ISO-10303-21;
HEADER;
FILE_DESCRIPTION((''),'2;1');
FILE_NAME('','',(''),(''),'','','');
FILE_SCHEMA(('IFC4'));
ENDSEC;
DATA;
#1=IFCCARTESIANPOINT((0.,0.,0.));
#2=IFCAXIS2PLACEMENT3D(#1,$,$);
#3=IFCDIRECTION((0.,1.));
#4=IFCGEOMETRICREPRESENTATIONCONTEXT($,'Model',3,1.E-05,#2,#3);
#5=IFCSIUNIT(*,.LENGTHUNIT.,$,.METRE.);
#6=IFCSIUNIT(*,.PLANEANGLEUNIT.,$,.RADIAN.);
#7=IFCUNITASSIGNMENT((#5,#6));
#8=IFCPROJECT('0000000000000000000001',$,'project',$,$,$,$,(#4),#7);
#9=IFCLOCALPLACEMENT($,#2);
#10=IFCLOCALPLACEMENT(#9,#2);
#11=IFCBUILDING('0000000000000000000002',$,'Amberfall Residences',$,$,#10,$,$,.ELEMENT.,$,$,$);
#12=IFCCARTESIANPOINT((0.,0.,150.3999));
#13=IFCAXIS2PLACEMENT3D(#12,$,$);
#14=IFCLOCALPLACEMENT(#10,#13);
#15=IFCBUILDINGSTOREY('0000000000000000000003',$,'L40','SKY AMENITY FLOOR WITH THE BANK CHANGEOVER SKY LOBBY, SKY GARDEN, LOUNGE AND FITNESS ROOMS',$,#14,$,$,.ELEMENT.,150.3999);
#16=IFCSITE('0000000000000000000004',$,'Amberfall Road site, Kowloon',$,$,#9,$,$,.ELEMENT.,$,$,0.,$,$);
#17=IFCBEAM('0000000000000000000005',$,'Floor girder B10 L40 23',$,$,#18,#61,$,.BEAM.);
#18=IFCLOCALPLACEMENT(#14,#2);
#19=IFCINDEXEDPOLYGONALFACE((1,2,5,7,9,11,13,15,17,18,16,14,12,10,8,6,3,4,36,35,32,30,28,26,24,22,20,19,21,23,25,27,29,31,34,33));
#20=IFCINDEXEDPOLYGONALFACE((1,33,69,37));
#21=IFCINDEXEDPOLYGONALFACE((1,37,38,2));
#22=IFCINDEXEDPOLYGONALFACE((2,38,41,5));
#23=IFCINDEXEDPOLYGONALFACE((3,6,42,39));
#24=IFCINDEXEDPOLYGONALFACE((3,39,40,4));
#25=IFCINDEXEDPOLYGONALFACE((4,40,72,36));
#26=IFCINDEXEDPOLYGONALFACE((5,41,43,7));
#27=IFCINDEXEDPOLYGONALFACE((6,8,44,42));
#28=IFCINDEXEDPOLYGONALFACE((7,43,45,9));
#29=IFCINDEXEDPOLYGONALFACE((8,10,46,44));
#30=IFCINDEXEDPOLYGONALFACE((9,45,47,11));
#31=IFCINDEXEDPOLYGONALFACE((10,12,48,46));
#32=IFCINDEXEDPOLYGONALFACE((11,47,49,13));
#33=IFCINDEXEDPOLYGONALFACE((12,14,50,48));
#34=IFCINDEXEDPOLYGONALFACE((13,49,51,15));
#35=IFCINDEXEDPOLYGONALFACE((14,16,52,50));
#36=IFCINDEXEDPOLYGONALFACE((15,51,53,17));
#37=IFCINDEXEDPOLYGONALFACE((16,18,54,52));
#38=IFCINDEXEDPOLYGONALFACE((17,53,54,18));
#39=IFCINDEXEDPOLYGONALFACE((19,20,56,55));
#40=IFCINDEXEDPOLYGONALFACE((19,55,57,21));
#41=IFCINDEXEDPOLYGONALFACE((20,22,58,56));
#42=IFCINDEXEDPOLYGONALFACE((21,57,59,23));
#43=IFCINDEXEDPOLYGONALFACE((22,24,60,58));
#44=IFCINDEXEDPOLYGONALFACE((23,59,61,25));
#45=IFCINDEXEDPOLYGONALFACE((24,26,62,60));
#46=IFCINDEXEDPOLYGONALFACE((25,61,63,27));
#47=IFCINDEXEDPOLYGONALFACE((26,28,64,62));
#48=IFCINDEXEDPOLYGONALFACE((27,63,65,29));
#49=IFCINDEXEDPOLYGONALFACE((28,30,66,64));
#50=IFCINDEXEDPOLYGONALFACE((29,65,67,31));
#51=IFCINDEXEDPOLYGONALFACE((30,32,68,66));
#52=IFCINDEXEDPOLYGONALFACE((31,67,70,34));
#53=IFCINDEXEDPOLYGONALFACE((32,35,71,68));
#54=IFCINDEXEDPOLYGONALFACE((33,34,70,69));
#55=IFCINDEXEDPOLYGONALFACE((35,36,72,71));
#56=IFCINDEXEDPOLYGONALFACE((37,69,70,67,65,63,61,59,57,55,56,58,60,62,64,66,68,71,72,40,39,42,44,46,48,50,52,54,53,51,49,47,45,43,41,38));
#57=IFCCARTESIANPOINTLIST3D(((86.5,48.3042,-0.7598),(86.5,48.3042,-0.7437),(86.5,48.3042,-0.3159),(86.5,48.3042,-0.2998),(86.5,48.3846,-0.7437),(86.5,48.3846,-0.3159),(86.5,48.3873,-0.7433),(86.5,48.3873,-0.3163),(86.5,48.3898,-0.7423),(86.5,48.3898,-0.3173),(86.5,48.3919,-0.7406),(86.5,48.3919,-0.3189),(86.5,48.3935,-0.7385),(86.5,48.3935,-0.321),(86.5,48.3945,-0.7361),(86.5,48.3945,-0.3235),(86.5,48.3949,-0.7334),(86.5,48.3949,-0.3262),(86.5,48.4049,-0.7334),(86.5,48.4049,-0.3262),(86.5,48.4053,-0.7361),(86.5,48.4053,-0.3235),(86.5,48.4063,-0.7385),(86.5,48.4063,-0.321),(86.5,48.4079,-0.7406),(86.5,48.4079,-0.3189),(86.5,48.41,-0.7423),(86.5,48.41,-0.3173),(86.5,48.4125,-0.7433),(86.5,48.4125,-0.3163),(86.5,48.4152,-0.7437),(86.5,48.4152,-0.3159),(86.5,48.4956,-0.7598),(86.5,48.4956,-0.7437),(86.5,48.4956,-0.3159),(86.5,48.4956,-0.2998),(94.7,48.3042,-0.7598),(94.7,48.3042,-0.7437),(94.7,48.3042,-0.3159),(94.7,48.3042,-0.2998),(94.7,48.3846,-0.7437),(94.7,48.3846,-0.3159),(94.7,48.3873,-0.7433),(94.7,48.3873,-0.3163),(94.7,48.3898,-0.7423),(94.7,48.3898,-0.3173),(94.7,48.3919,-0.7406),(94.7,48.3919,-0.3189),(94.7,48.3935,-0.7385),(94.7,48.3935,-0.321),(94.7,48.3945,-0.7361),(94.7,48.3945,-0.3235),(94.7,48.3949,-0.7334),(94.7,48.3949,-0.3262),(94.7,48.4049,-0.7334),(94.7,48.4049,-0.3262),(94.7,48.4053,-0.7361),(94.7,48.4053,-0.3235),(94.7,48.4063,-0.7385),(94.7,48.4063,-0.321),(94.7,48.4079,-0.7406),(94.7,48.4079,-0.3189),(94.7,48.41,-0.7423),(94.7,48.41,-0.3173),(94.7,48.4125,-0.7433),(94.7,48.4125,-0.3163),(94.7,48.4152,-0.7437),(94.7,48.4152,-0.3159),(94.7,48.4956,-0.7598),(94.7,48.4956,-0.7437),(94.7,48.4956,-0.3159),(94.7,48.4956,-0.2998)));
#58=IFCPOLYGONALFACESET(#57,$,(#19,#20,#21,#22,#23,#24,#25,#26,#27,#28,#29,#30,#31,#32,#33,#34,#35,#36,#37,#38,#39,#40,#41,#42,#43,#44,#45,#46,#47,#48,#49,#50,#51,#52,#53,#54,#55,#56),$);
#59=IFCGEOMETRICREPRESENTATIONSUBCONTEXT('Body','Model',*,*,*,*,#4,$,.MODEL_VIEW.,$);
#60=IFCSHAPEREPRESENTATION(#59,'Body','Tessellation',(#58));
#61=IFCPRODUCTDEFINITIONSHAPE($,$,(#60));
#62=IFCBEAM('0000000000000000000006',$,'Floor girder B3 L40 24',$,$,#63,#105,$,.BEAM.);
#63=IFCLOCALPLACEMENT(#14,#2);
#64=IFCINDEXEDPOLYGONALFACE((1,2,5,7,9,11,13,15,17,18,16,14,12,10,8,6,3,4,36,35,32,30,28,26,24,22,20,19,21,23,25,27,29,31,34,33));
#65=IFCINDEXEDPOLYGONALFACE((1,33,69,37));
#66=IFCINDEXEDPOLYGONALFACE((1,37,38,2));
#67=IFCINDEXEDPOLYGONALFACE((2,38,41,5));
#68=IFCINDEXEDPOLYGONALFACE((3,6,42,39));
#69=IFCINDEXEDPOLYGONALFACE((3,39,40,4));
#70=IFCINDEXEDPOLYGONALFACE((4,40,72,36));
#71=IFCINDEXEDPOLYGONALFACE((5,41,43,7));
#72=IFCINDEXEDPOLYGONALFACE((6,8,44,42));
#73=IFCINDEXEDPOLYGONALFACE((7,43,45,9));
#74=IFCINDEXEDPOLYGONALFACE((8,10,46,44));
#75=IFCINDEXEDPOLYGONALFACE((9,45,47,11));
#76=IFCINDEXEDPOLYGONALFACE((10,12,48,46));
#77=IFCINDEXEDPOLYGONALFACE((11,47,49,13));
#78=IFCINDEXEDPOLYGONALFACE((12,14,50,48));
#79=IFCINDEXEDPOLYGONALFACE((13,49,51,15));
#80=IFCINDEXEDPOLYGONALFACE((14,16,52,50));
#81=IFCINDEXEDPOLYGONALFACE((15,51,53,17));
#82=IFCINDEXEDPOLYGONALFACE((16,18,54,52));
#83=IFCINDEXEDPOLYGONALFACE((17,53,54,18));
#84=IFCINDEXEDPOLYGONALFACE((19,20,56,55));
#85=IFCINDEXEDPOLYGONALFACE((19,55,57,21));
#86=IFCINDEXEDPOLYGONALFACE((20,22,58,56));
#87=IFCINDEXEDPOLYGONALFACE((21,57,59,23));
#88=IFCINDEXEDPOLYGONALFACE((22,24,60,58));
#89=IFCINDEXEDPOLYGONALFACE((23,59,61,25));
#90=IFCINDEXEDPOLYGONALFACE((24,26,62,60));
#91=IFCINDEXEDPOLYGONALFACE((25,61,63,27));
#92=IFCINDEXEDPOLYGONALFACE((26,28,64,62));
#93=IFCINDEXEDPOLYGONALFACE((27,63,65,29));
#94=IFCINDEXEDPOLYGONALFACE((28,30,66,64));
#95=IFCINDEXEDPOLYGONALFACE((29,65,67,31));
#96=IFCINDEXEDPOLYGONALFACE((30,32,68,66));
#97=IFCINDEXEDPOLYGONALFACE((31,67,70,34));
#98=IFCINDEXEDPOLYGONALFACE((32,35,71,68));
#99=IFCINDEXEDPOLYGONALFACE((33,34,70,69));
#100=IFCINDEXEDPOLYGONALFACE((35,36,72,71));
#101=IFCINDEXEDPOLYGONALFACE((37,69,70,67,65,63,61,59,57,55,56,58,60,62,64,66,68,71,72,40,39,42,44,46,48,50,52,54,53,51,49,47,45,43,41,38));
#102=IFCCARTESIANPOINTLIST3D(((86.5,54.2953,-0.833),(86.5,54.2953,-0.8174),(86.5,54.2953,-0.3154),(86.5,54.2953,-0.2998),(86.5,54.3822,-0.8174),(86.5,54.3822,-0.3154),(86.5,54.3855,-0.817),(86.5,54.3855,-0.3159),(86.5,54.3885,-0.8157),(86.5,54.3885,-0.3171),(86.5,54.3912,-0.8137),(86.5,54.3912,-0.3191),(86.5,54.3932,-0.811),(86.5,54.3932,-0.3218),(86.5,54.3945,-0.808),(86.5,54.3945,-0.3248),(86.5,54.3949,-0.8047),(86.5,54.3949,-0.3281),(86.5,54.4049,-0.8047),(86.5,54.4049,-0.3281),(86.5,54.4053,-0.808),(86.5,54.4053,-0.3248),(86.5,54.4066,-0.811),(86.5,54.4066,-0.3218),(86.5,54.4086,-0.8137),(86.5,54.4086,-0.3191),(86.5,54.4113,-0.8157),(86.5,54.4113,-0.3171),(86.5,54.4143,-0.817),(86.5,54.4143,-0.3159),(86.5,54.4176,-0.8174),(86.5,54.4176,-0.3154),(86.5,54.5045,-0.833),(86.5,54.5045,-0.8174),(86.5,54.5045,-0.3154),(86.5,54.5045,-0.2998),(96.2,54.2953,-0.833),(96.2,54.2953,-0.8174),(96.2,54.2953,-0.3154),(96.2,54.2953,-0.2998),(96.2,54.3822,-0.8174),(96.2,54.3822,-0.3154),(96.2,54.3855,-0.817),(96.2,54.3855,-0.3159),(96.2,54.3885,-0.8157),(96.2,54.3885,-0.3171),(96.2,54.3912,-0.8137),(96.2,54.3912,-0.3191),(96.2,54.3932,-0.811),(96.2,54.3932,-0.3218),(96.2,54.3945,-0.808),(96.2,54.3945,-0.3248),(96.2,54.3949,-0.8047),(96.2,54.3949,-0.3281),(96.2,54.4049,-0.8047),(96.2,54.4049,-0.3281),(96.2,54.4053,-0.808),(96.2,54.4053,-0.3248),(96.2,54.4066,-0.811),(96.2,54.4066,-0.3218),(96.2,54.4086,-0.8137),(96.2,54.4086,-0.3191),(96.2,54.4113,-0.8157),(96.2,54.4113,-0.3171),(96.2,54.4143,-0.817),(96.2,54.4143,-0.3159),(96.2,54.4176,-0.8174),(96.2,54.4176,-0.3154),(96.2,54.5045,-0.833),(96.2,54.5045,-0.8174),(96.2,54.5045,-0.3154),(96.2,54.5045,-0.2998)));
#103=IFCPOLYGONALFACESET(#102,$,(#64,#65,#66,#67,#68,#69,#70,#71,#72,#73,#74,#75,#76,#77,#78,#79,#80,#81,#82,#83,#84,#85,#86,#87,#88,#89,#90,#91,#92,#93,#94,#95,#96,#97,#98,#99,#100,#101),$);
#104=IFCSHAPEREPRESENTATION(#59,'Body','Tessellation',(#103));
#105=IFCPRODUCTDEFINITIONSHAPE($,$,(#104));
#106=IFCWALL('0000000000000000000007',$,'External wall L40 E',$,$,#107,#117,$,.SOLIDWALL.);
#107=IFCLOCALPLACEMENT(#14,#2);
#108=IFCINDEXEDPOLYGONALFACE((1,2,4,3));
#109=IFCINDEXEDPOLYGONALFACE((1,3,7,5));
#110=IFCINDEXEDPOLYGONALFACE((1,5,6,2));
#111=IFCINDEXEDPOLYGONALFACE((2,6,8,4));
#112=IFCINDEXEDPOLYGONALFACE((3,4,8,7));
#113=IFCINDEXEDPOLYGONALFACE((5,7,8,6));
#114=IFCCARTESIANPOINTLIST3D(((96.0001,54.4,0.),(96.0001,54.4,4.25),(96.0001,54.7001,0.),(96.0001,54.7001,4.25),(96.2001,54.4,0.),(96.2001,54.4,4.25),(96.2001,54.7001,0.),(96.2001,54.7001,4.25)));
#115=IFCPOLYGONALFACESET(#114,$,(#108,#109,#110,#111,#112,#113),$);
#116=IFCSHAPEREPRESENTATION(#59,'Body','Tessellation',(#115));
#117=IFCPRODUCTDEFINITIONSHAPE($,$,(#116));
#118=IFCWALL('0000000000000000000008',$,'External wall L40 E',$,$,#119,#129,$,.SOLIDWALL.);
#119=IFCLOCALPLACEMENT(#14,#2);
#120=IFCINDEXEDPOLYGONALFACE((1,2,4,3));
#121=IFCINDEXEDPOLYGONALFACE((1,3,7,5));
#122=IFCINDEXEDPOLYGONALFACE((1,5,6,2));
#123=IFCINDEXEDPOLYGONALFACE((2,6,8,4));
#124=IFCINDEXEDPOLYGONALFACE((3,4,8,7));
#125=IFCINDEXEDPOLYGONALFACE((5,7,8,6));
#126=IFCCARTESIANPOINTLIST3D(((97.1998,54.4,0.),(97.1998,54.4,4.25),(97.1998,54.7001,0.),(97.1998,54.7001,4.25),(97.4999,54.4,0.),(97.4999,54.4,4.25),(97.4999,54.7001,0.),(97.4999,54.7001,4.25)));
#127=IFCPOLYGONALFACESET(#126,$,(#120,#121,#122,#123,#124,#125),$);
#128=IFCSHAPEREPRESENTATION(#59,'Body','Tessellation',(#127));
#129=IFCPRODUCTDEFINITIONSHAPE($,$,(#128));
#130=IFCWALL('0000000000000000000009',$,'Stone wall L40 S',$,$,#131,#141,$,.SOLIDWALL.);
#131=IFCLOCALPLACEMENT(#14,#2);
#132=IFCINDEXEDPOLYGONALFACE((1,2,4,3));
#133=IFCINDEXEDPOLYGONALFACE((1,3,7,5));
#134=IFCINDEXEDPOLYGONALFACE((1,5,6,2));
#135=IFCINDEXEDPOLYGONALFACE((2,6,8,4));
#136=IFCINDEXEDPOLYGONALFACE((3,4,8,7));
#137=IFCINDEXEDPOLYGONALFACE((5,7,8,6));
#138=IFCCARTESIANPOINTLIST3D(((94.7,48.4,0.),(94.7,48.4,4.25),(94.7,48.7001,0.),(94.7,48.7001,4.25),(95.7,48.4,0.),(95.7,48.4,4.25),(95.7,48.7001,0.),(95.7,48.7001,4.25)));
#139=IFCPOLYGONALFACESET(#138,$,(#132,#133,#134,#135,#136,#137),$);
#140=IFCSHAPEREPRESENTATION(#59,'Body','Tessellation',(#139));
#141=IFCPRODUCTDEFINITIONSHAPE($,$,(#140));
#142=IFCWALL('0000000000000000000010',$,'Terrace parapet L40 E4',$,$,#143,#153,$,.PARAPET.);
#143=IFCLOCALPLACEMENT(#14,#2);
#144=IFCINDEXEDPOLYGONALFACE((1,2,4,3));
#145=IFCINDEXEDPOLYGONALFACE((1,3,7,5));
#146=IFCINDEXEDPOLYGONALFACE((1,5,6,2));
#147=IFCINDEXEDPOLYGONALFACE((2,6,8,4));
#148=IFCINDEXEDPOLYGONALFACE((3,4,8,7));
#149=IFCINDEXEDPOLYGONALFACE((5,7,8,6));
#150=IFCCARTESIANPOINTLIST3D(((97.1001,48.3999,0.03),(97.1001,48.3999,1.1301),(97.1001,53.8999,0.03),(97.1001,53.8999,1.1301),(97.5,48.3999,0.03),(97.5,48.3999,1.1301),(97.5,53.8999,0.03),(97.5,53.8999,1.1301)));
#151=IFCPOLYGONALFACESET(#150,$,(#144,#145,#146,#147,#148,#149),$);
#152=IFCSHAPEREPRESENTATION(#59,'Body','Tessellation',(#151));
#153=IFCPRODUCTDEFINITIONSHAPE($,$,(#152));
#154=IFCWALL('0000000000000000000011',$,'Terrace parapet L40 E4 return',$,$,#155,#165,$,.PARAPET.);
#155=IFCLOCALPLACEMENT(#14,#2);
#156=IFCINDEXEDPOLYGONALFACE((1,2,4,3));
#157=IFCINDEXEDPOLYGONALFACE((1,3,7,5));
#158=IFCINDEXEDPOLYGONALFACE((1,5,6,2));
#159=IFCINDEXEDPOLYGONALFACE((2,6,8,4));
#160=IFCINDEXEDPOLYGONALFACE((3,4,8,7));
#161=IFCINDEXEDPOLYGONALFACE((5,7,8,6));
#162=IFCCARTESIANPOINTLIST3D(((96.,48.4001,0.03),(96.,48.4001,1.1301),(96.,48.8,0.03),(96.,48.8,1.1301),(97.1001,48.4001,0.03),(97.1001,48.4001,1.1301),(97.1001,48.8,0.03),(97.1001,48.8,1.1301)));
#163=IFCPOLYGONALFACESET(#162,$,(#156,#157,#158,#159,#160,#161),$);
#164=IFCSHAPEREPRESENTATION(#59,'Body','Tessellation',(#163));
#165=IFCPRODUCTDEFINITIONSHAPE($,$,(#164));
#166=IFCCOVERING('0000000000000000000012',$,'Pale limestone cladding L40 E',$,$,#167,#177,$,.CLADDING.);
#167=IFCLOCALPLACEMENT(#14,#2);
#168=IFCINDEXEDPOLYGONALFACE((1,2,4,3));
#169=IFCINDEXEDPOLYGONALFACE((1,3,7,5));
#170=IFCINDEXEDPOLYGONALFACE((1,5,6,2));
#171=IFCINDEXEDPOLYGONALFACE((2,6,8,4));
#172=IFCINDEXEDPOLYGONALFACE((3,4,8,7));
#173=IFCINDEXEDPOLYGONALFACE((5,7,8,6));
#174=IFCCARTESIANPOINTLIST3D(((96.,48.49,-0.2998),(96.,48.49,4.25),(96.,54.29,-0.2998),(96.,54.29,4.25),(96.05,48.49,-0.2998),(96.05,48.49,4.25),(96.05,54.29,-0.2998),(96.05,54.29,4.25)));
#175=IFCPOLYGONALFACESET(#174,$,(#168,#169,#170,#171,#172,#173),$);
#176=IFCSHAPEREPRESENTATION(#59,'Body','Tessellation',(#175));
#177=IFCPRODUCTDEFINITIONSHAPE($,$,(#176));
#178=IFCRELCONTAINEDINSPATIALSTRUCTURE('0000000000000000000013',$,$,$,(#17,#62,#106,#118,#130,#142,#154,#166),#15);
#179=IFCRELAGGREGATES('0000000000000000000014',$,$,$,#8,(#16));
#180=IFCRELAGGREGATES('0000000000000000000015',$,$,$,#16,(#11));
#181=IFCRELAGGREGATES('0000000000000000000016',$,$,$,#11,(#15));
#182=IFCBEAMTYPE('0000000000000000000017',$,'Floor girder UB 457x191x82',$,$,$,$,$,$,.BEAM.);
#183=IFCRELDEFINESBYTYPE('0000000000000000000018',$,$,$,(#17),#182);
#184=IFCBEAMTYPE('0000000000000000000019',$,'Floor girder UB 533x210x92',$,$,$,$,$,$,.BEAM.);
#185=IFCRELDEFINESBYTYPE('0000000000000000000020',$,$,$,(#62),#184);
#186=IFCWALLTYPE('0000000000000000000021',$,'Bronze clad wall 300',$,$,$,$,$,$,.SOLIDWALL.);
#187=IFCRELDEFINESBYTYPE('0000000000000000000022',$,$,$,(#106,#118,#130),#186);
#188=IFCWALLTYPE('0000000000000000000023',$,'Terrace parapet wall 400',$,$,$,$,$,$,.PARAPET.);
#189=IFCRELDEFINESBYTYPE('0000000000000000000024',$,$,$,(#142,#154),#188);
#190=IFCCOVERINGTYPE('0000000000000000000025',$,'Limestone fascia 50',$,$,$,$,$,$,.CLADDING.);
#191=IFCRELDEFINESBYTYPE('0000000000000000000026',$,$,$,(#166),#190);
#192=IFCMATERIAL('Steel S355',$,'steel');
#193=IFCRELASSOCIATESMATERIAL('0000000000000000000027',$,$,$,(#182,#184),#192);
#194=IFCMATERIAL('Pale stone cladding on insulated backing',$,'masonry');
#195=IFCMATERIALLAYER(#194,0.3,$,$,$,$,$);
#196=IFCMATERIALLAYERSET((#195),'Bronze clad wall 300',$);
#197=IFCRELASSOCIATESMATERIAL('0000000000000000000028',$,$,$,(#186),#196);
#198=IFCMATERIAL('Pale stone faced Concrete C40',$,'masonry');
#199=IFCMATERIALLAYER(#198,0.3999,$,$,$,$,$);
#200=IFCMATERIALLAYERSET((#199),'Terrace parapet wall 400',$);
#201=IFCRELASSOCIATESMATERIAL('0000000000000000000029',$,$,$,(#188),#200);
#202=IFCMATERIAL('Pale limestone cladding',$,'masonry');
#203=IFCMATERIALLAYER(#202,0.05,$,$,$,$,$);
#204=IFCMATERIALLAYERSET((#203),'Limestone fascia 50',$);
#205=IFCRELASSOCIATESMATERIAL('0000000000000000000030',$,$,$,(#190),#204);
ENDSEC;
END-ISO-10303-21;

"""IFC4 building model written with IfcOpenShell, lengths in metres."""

from ifc_helpers import new_model, si_unit, direction, frame, frame_2d, origin, origin_2d, place, context, subcontext, project, spatial, polyline, rectangle, i_section, outline, extrude, material, layer, layer_set, material_profile, profile_set, type_object, element, save


model = new_model("IFC4")

# Units and contexts
model_context = context("Model", 3, precision=1e-05, world=origin(), true_north=direction((0.0, 1.0)))
body_context = subcontext(model_context, "Body", "Model", "MODEL_VIEW")
ifc_project = project(units=[si_unit("LENGTHUNIT", "METRE"), si_unit("PLANEANGLEUNIT", "RADIAN")], contexts=[model_context])

# Site, building, storey
site_placement = place(None, origin())
site = spatial("IfcSite", under=ifc_project, at=site_placement, Name="Amberfall Road site, Kowloon", CompositionType="ELEMENT", RefElevation=0.0)
building_placement = place(site_placement, origin())
building = spatial("IfcBuilding", under=site, at=building_placement, Name="Amberfall Residences", CompositionType="ELEMENT")
storey_placement = place(building_placement, frame((0.0, 0.0, 150.3999)))
storey = spatial("IfcBuildingStorey", under=building, at=storey_placement, Name="L40", Description="SKY AMENITY FLOOR WITH THE BANK CHANGEOVER SKY LOBBY, SKY GARDEN, LOUNGE AND FITNESS ROOMS", CompositionType="ELEMENT", Elevation=150.3999)

# Shared definitions
ifc_material_1 = material(Name="Steel S355", Category="steel")

# Beams
ifc_material_profile_1 = material_profile(ifc_material_1, i_section(OverallWidth=0.1914, OverallDepth=0.46, WebThickness=0.01, FlangeThickness=0.0161, FilletRadius=0.0103, at=origin_2d()), Name="UB 457x191x82")
ifc_profile_set_1 = profile_set([ifc_material_profile_1], Name="Steel S355")
beam_type_1 = type_object("IfcBeamType", Name="Floor girder UB 457x191x82", PredefinedType="BEAM", material=ifc_profile_set_1)
beam_1_placement = place(storey_placement, frame((94.7, 48.3999, -0.5298), z_axis=(-1.0, 0.0, 0.0), x_axis=(0.0, -1.0, 0.0)))
element("IfcBeam", 1, at=beam_1_placement, inside=storey, type_object=beam_type_1, Name="Floor girder B10 L40 23", PredefinedType="BEAM", context=body_context, shape_type="SweptSolid", body=[
    extrude(i_section(OverallWidth=0.1914, OverallDepth=0.46, WebThickness=0.01, FlangeThickness=0.0161, FilletRadius=0.0103, at=origin_2d()), origin(), (0.0, 0.0, 1.0), 8.2),
])
ifc_material_profile_2 = material_profile(ifc_material_1, i_section(OverallWidth=0.2092, OverallDepth=0.5332, WebThickness=0.01, FlangeThickness=0.0156, FilletRadius=0.0127, at=origin_2d()), Name="UB 533x210x92")
ifc_profile_set_2 = profile_set([ifc_material_profile_2], Name="Steel S355")
beam_type_2 = type_object("IfcBeamType", Name="Floor girder UB 533x210x92", PredefinedType="BEAM", material=ifc_profile_set_2)
beam_2_placement = place(storey_placement, frame((96.2, 54.3999, -0.5664), z_axis=(-1.0, 0.0, 0.0), x_axis=(0.0, -1.0, 0.0)))
element("IfcBeam", 2, at=beam_2_placement, inside=storey, type_object=beam_type_2, Name="Floor girder B3 L40 24", PredefinedType="BEAM", context=body_context, shape_type="SweptSolid", body=[
    extrude(i_section(OverallWidth=0.2092, OverallDepth=0.5332, WebThickness=0.01, FlangeThickness=0.0156, FilletRadius=0.0127, at=origin_2d()), origin(), (0.0, 0.0, 1.0), 9.7),
])

# Walls
ifc_material_2 = material(Name="Pale stone cladding on insulated backing", Category="masonry")
ifc_layer_1 = layer(ifc_material_2, 0.3)
ifc_layer_set_1 = layer_set([ifc_layer_1], Name="Bronze clad wall 300")
wall_type_1 = type_object("IfcWallType", Name="Bronze clad wall 300", PredefinedType="SOLIDWALL", material=ifc_layer_set_1)
wall_1_placement = place(storey_placement, frame((96.0, 54.55, 0.0), z_axis=(0.0, 0.0, 1.0), x_axis=(1.0, 0.0, 0.0)))
element("IfcWall", 3, at=wall_1_placement, inside=storey, type_object=wall_type_1, Name="External wall L40 E", PredefinedType="SOLIDWALL", context=body_context, shape_type="SweptSolid", body=[
    extrude(rectangle(XDim=0.2, YDim=0.3, at=frame_2d((0.1001, 0.0))), origin(), (0.0, 0.0, 1.0), 4.25),
])
wall_2_placement = place(storey_placement, frame((97.2, 54.55, 0.0), z_axis=(0.0, 0.0, 1.0), x_axis=(1.0, 0.0, 0.0)))
element("IfcWall", 4, at=wall_2_placement, inside=storey, type_object=wall_type_1, Name="External wall L40 E", PredefinedType="SOLIDWALL", context=body_context, shape_type="SweptSolid", body=[
    extrude(rectangle(XDim=0.3, YDim=0.3, at=frame_2d((0.1499, 0.0))), origin(), (0.0, 0.0, 1.0), 4.25),
])
wall_3_placement = place(storey_placement, frame((94.7, 48.55, 0.0), z_axis=(0.0, 0.0, 1.0), x_axis=(1.0, 0.0, 0.0)))
element("IfcWall", 5, at=wall_3_placement, inside=storey, type_object=wall_type_1, Name="Stone wall L40 S", PredefinedType="SOLIDWALL", context=body_context, shape_type="SweptSolid", body=[
    extrude(rectangle(XDim=1.0, YDim=0.3, at=frame_2d((0.5, 0.0))), origin(), (0.0, 0.0, 1.0), 4.25),
])

# Walls
ifc_material_3 = material(Name="Pale stone faced Concrete C40", Category="masonry")
ifc_layer_2 = layer(ifc_material_3, 0.3999)
ifc_layer_set_2 = layer_set([ifc_layer_2], Name="Terrace parapet wall 400")
wall_type_2 = type_object("IfcWallType", Name="Terrace parapet wall 400", PredefinedType="PARAPET", material=ifc_layer_set_2)
wall_4_placement = place(storey_placement, frame((97.3, 48.3999, 0.03), z_axis=(0.0, 0.0, 1.0), x_axis=(0.0, 1.0, 0.0)))
element("IfcWall", 6, at=wall_4_placement, inside=storey, type_object=wall_type_2, Name="Terrace parapet L40 E4", PredefinedType="PARAPET", context=body_context, shape_type="SweptSolid", body=[
    extrude(rectangle(XDim=5.5, YDim=0.3999, at=frame_2d((2.75, 0.0))), origin(), (0.0, 0.0, 1.0), 1.1001),
])
wall_5_placement = place(storey_placement, frame((96.0, 48.6001, 0.03), z_axis=(0.0, 0.0, 1.0), x_axis=(1.0, 0.0, 0.0)))
element("IfcWall", 7, at=wall_5_placement, inside=storey, type_object=wall_type_2, Name="Terrace parapet L40 E4 return", PredefinedType="PARAPET", context=body_context, shape_type="SweptSolid", body=[
    extrude(rectangle(XDim=1.1001, YDim=0.3999, at=frame_2d((0.55, 0.0))), origin(), (0.0, 0.0, 1.0), 1.1001),
])

# Covering
ifc_material_4 = material(Name="Pale limestone cladding", Category="masonry")
ifc_layer_3 = layer(ifc_material_4, 0.05)
ifc_layer_set_3 = layer_set([ifc_layer_3], Name="Limestone fascia 50")
covering_type = type_object("IfcCoveringType", Name="Limestone fascia 50", PredefinedType="CLADDING", material=ifc_layer_set_3)
covering_placement = place(storey_placement, frame((96.0, 48.49, 4.25), z_axis=(-1.0, 0.0, 0.0), x_axis=(0.0, 1.0, 0.0)))
element("IfcCovering", 8, at=covering_placement, inside=storey, type_object=covering_type, Name="Pale limestone cladding L40 E", PredefinedType="CLADDING", context=body_context, shape_type="SweptSolid", body=[
    extrude(outline(polyline([(0.0, 0.0), (5.8, 0.0), (5.8, 4.5498), (0.0, 4.5498), (0.0, 0.0)])), origin(), (0.0, 0.0, -1.0), 0.05),
])

save(model, "model.ifc")
